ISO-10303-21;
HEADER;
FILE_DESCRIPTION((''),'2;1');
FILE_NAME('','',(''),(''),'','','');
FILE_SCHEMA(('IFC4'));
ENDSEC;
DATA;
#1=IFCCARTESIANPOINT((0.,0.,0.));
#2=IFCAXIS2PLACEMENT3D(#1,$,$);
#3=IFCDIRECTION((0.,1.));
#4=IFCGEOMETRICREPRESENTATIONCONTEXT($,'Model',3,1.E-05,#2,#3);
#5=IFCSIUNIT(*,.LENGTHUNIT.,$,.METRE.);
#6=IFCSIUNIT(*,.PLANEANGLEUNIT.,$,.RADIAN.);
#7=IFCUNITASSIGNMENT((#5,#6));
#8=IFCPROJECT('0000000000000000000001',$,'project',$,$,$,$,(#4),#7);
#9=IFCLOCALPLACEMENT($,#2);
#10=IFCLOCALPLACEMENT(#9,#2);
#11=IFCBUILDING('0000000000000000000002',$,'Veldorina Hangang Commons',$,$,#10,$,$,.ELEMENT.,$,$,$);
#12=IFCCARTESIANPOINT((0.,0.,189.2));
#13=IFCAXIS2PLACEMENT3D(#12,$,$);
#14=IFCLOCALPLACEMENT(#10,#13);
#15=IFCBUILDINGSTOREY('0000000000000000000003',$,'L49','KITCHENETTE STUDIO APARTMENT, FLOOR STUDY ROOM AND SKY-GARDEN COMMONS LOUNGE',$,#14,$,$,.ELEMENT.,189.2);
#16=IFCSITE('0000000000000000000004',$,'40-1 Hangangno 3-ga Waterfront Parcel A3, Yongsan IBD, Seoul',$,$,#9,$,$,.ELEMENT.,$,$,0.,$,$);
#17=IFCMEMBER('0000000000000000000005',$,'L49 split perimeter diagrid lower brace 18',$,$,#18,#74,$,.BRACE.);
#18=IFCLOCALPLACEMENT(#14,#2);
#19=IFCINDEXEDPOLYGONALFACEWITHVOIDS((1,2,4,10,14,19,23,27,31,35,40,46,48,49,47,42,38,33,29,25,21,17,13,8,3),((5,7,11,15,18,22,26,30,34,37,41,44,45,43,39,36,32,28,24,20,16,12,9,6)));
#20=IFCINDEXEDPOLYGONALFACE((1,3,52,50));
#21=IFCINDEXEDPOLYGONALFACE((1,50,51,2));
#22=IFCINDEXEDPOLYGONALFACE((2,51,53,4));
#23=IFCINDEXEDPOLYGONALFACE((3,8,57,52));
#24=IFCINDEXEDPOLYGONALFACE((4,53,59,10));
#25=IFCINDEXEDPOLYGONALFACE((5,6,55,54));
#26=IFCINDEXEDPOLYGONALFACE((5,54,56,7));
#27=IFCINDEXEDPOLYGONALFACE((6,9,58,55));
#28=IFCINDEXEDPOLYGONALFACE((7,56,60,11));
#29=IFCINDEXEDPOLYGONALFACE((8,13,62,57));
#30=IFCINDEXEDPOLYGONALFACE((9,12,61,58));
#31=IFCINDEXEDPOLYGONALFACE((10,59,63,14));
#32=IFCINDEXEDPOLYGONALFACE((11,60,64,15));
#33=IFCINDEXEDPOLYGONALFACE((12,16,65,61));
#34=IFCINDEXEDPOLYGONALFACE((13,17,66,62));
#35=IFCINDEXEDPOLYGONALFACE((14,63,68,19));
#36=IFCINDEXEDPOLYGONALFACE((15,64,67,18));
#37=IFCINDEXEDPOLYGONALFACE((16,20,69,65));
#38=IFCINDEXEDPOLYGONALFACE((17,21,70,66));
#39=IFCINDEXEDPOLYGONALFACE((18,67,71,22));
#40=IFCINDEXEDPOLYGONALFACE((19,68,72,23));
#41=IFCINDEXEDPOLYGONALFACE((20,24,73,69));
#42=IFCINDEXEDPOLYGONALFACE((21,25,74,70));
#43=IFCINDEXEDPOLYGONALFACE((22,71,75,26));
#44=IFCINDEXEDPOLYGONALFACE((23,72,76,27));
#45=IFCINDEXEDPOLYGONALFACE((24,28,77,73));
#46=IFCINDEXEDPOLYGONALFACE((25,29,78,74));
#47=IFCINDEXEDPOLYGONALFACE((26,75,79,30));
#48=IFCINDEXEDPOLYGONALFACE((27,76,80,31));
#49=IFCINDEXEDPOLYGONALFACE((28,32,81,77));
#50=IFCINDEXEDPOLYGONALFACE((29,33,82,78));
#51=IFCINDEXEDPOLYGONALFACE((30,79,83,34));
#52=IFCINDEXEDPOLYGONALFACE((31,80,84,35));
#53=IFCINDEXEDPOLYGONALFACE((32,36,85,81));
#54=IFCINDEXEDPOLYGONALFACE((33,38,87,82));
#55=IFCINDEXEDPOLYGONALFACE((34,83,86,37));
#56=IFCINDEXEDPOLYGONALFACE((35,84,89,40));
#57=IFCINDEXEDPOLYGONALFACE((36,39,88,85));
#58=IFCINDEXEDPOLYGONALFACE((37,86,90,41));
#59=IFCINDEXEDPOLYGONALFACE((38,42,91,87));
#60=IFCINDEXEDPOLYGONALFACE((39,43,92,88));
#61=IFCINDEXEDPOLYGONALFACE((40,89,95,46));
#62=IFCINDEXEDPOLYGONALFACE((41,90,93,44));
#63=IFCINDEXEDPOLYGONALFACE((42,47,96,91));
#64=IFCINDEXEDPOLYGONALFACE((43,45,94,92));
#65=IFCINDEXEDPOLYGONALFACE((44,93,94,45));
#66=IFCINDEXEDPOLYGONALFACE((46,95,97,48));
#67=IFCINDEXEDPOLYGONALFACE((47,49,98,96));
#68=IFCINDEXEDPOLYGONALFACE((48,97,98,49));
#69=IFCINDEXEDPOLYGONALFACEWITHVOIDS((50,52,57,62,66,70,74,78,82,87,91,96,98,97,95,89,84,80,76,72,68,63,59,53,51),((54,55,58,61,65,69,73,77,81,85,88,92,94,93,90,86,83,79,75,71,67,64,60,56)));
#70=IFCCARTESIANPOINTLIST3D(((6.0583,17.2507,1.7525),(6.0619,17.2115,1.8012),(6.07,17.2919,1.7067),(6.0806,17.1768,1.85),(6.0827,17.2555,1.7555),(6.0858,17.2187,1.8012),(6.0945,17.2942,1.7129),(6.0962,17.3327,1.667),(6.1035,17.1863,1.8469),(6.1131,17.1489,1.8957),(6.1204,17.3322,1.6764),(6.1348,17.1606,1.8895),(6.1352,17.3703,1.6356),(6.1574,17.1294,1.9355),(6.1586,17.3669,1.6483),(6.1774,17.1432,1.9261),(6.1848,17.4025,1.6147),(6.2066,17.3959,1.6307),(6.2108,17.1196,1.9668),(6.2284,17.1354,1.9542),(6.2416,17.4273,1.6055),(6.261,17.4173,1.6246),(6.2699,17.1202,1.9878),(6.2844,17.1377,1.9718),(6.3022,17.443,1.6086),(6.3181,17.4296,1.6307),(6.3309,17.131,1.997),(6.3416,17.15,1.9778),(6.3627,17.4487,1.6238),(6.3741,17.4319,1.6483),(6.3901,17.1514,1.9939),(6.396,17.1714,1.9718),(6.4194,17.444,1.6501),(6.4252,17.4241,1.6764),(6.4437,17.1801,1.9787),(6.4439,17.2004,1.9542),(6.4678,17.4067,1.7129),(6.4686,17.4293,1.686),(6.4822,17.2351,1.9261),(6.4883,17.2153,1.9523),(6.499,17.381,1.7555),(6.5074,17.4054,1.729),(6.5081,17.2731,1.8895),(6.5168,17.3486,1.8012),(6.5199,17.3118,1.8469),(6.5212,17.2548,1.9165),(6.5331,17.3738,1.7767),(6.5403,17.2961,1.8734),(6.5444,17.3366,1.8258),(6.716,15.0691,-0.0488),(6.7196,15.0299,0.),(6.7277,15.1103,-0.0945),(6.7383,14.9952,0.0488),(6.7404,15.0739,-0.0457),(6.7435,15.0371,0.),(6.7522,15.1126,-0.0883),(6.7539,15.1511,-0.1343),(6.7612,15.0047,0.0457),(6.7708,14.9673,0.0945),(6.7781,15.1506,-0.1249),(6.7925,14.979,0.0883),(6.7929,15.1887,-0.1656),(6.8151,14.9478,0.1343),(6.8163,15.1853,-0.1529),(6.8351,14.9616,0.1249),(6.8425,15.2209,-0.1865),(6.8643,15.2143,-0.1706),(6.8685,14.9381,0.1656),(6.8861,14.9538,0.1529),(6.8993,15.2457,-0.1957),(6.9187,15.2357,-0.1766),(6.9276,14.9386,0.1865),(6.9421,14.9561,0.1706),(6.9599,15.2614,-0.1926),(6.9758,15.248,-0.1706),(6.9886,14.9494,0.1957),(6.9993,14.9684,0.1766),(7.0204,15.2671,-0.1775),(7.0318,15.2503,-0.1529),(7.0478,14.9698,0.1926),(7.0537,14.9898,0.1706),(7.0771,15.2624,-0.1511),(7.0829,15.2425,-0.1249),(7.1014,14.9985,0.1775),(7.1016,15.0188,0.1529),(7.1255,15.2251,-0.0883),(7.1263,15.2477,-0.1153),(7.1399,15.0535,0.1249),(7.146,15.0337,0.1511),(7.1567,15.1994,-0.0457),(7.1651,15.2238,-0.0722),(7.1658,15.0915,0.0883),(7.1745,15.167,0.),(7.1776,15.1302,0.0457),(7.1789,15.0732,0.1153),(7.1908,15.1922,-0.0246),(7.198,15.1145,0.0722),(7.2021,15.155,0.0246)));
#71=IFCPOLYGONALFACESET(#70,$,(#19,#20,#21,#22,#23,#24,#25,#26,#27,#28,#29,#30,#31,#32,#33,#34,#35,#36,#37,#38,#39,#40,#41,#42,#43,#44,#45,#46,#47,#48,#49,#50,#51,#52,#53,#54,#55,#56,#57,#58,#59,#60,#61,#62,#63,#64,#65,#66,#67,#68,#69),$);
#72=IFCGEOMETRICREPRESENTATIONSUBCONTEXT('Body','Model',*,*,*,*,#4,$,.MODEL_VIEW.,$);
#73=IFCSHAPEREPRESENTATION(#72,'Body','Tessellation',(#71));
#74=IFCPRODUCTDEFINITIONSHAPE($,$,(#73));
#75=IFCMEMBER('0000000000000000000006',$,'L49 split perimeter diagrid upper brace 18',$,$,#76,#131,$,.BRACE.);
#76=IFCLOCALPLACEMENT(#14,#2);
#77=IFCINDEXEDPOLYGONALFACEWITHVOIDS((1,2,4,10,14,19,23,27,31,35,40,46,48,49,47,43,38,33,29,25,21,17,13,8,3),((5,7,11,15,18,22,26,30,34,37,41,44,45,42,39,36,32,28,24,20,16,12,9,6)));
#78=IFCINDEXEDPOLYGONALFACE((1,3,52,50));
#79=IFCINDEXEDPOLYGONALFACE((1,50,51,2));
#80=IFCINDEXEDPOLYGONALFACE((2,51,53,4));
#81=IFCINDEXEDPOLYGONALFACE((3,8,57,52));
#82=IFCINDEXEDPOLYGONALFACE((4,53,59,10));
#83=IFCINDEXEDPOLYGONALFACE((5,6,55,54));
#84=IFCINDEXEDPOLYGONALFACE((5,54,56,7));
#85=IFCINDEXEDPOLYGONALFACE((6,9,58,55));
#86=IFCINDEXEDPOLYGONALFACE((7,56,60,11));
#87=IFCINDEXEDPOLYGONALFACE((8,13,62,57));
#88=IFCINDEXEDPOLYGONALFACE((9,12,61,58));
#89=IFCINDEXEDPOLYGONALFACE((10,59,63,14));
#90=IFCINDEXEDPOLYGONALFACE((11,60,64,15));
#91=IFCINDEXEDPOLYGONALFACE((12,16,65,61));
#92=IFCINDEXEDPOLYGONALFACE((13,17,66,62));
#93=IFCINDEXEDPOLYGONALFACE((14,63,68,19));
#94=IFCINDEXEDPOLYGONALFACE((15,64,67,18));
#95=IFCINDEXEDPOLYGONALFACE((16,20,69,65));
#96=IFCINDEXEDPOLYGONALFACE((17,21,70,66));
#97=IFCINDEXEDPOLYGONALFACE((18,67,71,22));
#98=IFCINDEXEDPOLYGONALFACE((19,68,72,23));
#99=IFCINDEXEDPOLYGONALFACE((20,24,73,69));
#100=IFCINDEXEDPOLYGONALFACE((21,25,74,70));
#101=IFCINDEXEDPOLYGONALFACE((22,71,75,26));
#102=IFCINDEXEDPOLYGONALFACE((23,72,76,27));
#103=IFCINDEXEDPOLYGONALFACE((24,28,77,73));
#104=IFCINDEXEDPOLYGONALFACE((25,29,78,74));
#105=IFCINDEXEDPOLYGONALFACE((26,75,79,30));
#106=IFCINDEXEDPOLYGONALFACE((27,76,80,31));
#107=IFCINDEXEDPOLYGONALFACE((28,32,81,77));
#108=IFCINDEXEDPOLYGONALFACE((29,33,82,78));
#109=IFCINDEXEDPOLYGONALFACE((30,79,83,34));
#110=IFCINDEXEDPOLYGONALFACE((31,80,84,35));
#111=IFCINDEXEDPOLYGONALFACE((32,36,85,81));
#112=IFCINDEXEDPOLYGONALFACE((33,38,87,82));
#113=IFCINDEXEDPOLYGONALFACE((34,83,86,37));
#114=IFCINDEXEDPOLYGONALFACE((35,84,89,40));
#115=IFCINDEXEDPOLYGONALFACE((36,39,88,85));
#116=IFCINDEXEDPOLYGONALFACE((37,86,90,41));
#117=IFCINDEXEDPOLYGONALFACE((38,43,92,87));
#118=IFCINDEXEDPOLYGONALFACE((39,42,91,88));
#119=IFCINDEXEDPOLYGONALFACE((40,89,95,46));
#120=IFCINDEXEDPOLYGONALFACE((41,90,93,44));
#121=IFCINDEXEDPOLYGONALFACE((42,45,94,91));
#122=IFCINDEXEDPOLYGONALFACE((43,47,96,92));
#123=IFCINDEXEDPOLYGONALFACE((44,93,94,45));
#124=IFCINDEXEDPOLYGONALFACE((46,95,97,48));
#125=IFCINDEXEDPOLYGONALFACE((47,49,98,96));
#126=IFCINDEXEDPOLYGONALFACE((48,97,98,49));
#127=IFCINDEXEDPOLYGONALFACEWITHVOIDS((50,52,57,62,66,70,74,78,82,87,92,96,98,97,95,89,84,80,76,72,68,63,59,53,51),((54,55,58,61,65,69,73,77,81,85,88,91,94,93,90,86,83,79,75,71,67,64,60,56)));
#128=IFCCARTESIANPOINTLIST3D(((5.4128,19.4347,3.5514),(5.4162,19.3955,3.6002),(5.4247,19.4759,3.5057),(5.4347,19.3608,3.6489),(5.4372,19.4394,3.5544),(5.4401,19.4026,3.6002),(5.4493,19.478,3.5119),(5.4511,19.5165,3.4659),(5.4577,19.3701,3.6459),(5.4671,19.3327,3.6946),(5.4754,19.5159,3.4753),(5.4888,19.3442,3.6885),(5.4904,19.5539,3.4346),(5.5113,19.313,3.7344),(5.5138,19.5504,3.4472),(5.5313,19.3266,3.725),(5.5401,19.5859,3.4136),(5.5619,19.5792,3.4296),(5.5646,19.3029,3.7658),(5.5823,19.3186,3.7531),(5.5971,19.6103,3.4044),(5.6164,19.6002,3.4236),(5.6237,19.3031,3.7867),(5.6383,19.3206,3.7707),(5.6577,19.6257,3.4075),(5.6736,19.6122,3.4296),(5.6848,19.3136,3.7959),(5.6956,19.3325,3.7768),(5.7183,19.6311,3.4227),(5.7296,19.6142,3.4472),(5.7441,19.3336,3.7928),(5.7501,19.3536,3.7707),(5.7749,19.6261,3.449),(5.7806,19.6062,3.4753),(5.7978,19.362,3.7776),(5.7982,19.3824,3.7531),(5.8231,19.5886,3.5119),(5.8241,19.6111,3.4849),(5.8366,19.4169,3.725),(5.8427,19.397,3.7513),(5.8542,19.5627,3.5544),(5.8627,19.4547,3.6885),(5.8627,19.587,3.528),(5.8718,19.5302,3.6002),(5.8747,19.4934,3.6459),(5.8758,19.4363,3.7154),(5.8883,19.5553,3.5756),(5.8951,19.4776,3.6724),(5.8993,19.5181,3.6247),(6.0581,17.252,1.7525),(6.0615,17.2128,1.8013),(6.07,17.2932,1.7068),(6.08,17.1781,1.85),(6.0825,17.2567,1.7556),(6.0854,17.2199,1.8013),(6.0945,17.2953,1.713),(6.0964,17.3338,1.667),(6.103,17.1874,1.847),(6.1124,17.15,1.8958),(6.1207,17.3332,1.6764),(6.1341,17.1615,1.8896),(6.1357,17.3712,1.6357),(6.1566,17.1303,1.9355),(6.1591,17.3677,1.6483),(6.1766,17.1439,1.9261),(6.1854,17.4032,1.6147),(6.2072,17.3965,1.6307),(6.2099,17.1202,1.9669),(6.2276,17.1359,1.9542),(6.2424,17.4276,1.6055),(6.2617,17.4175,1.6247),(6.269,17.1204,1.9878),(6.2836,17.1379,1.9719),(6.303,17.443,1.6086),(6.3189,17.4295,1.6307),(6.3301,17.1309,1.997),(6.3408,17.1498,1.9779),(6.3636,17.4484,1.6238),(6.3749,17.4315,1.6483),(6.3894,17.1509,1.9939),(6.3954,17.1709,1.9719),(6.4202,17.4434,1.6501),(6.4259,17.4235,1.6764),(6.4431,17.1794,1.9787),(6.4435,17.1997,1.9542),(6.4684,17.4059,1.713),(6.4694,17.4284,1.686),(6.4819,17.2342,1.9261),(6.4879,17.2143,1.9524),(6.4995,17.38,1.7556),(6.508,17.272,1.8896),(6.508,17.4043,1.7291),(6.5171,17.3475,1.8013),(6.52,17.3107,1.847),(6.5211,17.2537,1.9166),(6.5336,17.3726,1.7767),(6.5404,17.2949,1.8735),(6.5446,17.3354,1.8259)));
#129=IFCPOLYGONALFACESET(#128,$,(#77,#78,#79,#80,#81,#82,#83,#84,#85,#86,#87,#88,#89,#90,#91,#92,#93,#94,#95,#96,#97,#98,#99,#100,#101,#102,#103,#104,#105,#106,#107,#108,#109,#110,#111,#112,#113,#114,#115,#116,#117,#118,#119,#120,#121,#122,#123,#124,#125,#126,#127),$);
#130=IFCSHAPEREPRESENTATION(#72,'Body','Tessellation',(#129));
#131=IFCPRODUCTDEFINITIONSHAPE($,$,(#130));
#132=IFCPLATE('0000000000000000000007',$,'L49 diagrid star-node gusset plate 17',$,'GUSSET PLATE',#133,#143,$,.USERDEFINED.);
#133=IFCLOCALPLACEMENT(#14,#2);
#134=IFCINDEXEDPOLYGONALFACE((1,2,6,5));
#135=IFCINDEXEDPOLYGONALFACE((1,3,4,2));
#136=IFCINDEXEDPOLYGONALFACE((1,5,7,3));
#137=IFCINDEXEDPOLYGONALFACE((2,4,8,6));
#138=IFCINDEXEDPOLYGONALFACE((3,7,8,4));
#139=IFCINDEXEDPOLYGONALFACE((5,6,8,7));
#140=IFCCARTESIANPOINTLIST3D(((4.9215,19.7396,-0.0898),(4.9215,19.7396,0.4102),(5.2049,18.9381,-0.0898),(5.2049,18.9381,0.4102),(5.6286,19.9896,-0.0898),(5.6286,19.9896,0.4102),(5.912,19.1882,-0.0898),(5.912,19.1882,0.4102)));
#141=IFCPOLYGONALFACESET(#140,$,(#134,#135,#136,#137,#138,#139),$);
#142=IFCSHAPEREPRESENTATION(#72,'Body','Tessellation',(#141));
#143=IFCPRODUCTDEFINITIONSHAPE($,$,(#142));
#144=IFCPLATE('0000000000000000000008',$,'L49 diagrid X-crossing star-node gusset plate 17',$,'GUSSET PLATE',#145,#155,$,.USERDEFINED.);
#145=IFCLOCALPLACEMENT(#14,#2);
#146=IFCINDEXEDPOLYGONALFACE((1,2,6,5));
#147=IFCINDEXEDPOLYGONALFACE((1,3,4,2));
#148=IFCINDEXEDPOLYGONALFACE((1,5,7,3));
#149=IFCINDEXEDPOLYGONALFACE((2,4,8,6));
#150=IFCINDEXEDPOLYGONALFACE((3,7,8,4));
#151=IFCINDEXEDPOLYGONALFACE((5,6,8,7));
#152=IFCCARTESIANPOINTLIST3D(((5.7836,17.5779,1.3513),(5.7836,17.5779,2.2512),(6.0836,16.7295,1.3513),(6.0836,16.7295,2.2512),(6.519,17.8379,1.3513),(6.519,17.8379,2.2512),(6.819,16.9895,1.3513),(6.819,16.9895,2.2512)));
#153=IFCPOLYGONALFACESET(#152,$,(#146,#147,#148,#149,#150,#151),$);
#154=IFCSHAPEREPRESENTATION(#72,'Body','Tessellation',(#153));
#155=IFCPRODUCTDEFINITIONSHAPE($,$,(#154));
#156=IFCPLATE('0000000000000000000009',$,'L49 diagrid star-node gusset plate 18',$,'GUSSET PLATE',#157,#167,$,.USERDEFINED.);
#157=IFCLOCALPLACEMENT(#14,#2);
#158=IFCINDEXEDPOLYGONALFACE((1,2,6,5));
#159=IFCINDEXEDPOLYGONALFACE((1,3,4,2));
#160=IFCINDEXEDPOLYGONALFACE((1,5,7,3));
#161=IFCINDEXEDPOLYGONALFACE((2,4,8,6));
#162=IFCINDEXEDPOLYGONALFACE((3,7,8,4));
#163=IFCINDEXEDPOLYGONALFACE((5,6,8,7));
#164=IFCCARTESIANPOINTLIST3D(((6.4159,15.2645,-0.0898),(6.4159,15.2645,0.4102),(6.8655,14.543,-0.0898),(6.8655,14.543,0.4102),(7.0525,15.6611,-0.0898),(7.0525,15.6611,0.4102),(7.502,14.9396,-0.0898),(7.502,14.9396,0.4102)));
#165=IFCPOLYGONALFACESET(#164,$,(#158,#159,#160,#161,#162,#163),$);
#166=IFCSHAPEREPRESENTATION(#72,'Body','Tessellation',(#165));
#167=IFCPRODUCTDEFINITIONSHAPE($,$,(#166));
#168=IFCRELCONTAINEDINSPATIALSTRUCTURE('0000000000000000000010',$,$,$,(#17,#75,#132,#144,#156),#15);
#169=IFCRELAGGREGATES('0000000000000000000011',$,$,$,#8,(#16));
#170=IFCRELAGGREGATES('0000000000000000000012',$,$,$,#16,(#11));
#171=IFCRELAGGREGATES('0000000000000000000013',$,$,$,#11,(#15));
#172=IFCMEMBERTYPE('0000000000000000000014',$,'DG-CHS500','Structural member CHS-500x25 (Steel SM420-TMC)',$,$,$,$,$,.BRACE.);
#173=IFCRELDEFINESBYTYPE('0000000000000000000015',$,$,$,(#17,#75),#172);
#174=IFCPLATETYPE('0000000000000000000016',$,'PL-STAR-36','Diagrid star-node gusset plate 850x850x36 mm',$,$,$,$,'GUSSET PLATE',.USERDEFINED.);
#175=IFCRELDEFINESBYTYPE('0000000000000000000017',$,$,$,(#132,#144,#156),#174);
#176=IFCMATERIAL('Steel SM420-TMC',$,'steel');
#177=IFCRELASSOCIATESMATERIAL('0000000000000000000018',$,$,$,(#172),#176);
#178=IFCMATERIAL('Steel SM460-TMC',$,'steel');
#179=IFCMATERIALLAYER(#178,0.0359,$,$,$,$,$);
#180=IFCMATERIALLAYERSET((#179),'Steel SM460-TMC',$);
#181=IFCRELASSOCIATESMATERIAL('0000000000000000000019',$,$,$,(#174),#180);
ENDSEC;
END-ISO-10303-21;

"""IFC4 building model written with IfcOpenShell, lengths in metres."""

from ifc_helpers import new_model, si_unit, direction, frame, origin, origin_2d, place, context, subcontext, project, spatial, rectangle, hollow_circle, extrude, material, layer, layer_set, material_profile, profile_set, type_object, element, save


model = new_model("IFC4")

# Units and contexts
model_context = context("Model", 3, precision=1e-05, world=origin(), true_north=direction((0.0, 1.0)))
body_context = subcontext(model_context, "Body", "Model", "MODEL_VIEW")
ifc_project = project(units=[si_unit("LENGTHUNIT", "METRE"), si_unit("PLANEANGLEUNIT", "RADIAN")], contexts=[model_context])

# Site, building, storey
site_placement = place(None, origin())
site = spatial("IfcSite", under=ifc_project, at=site_placement, Name="40-1 Hangangno 3-ga Waterfront Parcel A3, Yongsan IBD, Seoul", CompositionType="ELEMENT", RefElevation=0.0)
building_placement = place(site_placement, origin())
building = spatial("IfcBuilding", under=site, at=building_placement, Name="Veldorina Hangang Commons", CompositionType="ELEMENT")
storey_placement = place(building_placement, frame((0.0, 0.0, 189.2)))
storey = spatial("IfcBuildingStorey", under=building, at=storey_placement, Name="L49", Description="KITCHENETTE STUDIO APARTMENT, FLOOR STUDY ROOM AND SKY-GARDEN COMMONS LOUNGE", CompositionType="ELEMENT", Elevation=189.2)

# Shared definitions
ifc_material_1 = material(Name="Steel SM420-TMC", Category="steel")

# Members
ifc_material_profile_1 = material_profile(ifc_material_1, hollow_circle(Radius=0.25, WallThickness=0.0249, at=origin_2d()), Name="CHS-500x25")
ifc_profile_set_1 = profile_set([ifc_material_profile_1], Name="Steel SM420-TMC")
member_type = type_object("IfcMemberType", Name="DG-CHS500", Description="Structural member CHS-500x25 (Steel SM420-TMC)", PredefinedType="BRACE", material=ifc_profile_set_1)
member_1_placement = place(storey_placement, frame((6.959, 15.1021, 0.0), z_axis=(-0.226439, 0.751098, 0.620143), x_axis=(-0.957436, -0.288645, 0.0)))
element("IfcMember", 1, at=member_1_placement, inside=storey, type_object=member_type, Name="L49 split perimeter diagrid lower brace 18", PredefinedType="BRACE", context=body_context, shape_type="SweptSolid", body=[
    extrude(hollow_circle(Radius=0.25, WallThickness=0.0249, at=origin_2d()), origin(), (0.0, 0.0, 1.0), 2.9045),
])
member_2_placement = place(storey_placement, frame((6.3013, 17.2837, 1.8013), z_axis=(-0.222426, 0.75236, 0.620066), x_axis=(-0.95897, -0.283508, 0.0)))
element("IfcMember", 2, at=member_2_placement, inside=storey, type_object=member_type, Name="L49 split perimeter diagrid upper brace 18", PredefinedType="BRACE", context=body_context, shape_type="SweptSolid", body=[
    extrude(hollow_circle(Radius=0.25, WallThickness=0.0249, at=origin_2d()), origin(), (0.0, 0.0, 1.0), 2.9011),
])

# Plates
ifc_material_2 = material(Name="Steel SM460-TMC", Category="steel")
ifc_layer_1 = layer(ifc_material_2, 0.0359)
ifc_layer_set_1 = layer_set([ifc_layer_1], Name="Steel SM460-TMC")
plate_type = type_object("IfcPlateType", Name="PL-STAR-36", Description="Diagrid star-node gusset plate 850x850x36 mm", ElementType="GUSSET PLATE", PredefinedType="USERDEFINED", material=ifc_layer_set_1)
plate_1_placement = place(storey_placement, frame((5.4167, 19.4639, -0.0898), z_axis=(0.0, 0.0, 1.0), x_axis=(0.333379, -0.942793, 0.0)))
element("IfcPlate", 3, at=plate_1_placement, inside=storey, type_object=plate_type, Name="L49 diagrid star-node gusset plate 17", ObjectType="GUSSET PLATE", PredefinedType="USERDEFINED", context=body_context, shape_type="SweptSolid", body=[
    extrude(rectangle(XDim=0.8501, YDim=0.75, at=origin_2d()), origin(), (0.0, 0.0, 1.0), 0.5),
])
plate_2_placement = place(storey_placement, frame((6.3013, 17.2837, 1.3513), z_axis=(0.0, 0.0, 1.0), x_axis=(0.333379, -0.942793, 0.0)))
element("IfcPlate", 4, at=plate_2_placement, inside=storey, type_object=plate_type, Name="L49 diagrid X-crossing star-node gusset plate 17", ObjectType="GUSSET PLATE", PredefinedType="USERDEFINED", context=body_context, shape_type="SweptSolid", body=[
    extrude(rectangle(XDim=0.8999, YDim=0.78, at=origin_2d()), origin(), (0.0, 0.0, 1.0), 0.8999),
])
plate_3_placement = place(storey_placement, frame((6.959, 15.1021, -0.0898), z_axis=(0.0, 0.0, 1.0), x_axis=(0.528838, -0.848723, 0.0)))
element("IfcPlate", 5, at=plate_3_placement, inside=storey, type_object=plate_type, Name="L49 diagrid star-node gusset plate 18", ObjectType="GUSSET PLATE", PredefinedType="USERDEFINED", context=body_context, shape_type="SweptSolid", body=[
    extrude(rectangle(XDim=0.8501, YDim=0.75, at=origin_2d()), origin(), (0.0, 0.0, 1.0), 0.5),
])

save(model, "model.ifc")
